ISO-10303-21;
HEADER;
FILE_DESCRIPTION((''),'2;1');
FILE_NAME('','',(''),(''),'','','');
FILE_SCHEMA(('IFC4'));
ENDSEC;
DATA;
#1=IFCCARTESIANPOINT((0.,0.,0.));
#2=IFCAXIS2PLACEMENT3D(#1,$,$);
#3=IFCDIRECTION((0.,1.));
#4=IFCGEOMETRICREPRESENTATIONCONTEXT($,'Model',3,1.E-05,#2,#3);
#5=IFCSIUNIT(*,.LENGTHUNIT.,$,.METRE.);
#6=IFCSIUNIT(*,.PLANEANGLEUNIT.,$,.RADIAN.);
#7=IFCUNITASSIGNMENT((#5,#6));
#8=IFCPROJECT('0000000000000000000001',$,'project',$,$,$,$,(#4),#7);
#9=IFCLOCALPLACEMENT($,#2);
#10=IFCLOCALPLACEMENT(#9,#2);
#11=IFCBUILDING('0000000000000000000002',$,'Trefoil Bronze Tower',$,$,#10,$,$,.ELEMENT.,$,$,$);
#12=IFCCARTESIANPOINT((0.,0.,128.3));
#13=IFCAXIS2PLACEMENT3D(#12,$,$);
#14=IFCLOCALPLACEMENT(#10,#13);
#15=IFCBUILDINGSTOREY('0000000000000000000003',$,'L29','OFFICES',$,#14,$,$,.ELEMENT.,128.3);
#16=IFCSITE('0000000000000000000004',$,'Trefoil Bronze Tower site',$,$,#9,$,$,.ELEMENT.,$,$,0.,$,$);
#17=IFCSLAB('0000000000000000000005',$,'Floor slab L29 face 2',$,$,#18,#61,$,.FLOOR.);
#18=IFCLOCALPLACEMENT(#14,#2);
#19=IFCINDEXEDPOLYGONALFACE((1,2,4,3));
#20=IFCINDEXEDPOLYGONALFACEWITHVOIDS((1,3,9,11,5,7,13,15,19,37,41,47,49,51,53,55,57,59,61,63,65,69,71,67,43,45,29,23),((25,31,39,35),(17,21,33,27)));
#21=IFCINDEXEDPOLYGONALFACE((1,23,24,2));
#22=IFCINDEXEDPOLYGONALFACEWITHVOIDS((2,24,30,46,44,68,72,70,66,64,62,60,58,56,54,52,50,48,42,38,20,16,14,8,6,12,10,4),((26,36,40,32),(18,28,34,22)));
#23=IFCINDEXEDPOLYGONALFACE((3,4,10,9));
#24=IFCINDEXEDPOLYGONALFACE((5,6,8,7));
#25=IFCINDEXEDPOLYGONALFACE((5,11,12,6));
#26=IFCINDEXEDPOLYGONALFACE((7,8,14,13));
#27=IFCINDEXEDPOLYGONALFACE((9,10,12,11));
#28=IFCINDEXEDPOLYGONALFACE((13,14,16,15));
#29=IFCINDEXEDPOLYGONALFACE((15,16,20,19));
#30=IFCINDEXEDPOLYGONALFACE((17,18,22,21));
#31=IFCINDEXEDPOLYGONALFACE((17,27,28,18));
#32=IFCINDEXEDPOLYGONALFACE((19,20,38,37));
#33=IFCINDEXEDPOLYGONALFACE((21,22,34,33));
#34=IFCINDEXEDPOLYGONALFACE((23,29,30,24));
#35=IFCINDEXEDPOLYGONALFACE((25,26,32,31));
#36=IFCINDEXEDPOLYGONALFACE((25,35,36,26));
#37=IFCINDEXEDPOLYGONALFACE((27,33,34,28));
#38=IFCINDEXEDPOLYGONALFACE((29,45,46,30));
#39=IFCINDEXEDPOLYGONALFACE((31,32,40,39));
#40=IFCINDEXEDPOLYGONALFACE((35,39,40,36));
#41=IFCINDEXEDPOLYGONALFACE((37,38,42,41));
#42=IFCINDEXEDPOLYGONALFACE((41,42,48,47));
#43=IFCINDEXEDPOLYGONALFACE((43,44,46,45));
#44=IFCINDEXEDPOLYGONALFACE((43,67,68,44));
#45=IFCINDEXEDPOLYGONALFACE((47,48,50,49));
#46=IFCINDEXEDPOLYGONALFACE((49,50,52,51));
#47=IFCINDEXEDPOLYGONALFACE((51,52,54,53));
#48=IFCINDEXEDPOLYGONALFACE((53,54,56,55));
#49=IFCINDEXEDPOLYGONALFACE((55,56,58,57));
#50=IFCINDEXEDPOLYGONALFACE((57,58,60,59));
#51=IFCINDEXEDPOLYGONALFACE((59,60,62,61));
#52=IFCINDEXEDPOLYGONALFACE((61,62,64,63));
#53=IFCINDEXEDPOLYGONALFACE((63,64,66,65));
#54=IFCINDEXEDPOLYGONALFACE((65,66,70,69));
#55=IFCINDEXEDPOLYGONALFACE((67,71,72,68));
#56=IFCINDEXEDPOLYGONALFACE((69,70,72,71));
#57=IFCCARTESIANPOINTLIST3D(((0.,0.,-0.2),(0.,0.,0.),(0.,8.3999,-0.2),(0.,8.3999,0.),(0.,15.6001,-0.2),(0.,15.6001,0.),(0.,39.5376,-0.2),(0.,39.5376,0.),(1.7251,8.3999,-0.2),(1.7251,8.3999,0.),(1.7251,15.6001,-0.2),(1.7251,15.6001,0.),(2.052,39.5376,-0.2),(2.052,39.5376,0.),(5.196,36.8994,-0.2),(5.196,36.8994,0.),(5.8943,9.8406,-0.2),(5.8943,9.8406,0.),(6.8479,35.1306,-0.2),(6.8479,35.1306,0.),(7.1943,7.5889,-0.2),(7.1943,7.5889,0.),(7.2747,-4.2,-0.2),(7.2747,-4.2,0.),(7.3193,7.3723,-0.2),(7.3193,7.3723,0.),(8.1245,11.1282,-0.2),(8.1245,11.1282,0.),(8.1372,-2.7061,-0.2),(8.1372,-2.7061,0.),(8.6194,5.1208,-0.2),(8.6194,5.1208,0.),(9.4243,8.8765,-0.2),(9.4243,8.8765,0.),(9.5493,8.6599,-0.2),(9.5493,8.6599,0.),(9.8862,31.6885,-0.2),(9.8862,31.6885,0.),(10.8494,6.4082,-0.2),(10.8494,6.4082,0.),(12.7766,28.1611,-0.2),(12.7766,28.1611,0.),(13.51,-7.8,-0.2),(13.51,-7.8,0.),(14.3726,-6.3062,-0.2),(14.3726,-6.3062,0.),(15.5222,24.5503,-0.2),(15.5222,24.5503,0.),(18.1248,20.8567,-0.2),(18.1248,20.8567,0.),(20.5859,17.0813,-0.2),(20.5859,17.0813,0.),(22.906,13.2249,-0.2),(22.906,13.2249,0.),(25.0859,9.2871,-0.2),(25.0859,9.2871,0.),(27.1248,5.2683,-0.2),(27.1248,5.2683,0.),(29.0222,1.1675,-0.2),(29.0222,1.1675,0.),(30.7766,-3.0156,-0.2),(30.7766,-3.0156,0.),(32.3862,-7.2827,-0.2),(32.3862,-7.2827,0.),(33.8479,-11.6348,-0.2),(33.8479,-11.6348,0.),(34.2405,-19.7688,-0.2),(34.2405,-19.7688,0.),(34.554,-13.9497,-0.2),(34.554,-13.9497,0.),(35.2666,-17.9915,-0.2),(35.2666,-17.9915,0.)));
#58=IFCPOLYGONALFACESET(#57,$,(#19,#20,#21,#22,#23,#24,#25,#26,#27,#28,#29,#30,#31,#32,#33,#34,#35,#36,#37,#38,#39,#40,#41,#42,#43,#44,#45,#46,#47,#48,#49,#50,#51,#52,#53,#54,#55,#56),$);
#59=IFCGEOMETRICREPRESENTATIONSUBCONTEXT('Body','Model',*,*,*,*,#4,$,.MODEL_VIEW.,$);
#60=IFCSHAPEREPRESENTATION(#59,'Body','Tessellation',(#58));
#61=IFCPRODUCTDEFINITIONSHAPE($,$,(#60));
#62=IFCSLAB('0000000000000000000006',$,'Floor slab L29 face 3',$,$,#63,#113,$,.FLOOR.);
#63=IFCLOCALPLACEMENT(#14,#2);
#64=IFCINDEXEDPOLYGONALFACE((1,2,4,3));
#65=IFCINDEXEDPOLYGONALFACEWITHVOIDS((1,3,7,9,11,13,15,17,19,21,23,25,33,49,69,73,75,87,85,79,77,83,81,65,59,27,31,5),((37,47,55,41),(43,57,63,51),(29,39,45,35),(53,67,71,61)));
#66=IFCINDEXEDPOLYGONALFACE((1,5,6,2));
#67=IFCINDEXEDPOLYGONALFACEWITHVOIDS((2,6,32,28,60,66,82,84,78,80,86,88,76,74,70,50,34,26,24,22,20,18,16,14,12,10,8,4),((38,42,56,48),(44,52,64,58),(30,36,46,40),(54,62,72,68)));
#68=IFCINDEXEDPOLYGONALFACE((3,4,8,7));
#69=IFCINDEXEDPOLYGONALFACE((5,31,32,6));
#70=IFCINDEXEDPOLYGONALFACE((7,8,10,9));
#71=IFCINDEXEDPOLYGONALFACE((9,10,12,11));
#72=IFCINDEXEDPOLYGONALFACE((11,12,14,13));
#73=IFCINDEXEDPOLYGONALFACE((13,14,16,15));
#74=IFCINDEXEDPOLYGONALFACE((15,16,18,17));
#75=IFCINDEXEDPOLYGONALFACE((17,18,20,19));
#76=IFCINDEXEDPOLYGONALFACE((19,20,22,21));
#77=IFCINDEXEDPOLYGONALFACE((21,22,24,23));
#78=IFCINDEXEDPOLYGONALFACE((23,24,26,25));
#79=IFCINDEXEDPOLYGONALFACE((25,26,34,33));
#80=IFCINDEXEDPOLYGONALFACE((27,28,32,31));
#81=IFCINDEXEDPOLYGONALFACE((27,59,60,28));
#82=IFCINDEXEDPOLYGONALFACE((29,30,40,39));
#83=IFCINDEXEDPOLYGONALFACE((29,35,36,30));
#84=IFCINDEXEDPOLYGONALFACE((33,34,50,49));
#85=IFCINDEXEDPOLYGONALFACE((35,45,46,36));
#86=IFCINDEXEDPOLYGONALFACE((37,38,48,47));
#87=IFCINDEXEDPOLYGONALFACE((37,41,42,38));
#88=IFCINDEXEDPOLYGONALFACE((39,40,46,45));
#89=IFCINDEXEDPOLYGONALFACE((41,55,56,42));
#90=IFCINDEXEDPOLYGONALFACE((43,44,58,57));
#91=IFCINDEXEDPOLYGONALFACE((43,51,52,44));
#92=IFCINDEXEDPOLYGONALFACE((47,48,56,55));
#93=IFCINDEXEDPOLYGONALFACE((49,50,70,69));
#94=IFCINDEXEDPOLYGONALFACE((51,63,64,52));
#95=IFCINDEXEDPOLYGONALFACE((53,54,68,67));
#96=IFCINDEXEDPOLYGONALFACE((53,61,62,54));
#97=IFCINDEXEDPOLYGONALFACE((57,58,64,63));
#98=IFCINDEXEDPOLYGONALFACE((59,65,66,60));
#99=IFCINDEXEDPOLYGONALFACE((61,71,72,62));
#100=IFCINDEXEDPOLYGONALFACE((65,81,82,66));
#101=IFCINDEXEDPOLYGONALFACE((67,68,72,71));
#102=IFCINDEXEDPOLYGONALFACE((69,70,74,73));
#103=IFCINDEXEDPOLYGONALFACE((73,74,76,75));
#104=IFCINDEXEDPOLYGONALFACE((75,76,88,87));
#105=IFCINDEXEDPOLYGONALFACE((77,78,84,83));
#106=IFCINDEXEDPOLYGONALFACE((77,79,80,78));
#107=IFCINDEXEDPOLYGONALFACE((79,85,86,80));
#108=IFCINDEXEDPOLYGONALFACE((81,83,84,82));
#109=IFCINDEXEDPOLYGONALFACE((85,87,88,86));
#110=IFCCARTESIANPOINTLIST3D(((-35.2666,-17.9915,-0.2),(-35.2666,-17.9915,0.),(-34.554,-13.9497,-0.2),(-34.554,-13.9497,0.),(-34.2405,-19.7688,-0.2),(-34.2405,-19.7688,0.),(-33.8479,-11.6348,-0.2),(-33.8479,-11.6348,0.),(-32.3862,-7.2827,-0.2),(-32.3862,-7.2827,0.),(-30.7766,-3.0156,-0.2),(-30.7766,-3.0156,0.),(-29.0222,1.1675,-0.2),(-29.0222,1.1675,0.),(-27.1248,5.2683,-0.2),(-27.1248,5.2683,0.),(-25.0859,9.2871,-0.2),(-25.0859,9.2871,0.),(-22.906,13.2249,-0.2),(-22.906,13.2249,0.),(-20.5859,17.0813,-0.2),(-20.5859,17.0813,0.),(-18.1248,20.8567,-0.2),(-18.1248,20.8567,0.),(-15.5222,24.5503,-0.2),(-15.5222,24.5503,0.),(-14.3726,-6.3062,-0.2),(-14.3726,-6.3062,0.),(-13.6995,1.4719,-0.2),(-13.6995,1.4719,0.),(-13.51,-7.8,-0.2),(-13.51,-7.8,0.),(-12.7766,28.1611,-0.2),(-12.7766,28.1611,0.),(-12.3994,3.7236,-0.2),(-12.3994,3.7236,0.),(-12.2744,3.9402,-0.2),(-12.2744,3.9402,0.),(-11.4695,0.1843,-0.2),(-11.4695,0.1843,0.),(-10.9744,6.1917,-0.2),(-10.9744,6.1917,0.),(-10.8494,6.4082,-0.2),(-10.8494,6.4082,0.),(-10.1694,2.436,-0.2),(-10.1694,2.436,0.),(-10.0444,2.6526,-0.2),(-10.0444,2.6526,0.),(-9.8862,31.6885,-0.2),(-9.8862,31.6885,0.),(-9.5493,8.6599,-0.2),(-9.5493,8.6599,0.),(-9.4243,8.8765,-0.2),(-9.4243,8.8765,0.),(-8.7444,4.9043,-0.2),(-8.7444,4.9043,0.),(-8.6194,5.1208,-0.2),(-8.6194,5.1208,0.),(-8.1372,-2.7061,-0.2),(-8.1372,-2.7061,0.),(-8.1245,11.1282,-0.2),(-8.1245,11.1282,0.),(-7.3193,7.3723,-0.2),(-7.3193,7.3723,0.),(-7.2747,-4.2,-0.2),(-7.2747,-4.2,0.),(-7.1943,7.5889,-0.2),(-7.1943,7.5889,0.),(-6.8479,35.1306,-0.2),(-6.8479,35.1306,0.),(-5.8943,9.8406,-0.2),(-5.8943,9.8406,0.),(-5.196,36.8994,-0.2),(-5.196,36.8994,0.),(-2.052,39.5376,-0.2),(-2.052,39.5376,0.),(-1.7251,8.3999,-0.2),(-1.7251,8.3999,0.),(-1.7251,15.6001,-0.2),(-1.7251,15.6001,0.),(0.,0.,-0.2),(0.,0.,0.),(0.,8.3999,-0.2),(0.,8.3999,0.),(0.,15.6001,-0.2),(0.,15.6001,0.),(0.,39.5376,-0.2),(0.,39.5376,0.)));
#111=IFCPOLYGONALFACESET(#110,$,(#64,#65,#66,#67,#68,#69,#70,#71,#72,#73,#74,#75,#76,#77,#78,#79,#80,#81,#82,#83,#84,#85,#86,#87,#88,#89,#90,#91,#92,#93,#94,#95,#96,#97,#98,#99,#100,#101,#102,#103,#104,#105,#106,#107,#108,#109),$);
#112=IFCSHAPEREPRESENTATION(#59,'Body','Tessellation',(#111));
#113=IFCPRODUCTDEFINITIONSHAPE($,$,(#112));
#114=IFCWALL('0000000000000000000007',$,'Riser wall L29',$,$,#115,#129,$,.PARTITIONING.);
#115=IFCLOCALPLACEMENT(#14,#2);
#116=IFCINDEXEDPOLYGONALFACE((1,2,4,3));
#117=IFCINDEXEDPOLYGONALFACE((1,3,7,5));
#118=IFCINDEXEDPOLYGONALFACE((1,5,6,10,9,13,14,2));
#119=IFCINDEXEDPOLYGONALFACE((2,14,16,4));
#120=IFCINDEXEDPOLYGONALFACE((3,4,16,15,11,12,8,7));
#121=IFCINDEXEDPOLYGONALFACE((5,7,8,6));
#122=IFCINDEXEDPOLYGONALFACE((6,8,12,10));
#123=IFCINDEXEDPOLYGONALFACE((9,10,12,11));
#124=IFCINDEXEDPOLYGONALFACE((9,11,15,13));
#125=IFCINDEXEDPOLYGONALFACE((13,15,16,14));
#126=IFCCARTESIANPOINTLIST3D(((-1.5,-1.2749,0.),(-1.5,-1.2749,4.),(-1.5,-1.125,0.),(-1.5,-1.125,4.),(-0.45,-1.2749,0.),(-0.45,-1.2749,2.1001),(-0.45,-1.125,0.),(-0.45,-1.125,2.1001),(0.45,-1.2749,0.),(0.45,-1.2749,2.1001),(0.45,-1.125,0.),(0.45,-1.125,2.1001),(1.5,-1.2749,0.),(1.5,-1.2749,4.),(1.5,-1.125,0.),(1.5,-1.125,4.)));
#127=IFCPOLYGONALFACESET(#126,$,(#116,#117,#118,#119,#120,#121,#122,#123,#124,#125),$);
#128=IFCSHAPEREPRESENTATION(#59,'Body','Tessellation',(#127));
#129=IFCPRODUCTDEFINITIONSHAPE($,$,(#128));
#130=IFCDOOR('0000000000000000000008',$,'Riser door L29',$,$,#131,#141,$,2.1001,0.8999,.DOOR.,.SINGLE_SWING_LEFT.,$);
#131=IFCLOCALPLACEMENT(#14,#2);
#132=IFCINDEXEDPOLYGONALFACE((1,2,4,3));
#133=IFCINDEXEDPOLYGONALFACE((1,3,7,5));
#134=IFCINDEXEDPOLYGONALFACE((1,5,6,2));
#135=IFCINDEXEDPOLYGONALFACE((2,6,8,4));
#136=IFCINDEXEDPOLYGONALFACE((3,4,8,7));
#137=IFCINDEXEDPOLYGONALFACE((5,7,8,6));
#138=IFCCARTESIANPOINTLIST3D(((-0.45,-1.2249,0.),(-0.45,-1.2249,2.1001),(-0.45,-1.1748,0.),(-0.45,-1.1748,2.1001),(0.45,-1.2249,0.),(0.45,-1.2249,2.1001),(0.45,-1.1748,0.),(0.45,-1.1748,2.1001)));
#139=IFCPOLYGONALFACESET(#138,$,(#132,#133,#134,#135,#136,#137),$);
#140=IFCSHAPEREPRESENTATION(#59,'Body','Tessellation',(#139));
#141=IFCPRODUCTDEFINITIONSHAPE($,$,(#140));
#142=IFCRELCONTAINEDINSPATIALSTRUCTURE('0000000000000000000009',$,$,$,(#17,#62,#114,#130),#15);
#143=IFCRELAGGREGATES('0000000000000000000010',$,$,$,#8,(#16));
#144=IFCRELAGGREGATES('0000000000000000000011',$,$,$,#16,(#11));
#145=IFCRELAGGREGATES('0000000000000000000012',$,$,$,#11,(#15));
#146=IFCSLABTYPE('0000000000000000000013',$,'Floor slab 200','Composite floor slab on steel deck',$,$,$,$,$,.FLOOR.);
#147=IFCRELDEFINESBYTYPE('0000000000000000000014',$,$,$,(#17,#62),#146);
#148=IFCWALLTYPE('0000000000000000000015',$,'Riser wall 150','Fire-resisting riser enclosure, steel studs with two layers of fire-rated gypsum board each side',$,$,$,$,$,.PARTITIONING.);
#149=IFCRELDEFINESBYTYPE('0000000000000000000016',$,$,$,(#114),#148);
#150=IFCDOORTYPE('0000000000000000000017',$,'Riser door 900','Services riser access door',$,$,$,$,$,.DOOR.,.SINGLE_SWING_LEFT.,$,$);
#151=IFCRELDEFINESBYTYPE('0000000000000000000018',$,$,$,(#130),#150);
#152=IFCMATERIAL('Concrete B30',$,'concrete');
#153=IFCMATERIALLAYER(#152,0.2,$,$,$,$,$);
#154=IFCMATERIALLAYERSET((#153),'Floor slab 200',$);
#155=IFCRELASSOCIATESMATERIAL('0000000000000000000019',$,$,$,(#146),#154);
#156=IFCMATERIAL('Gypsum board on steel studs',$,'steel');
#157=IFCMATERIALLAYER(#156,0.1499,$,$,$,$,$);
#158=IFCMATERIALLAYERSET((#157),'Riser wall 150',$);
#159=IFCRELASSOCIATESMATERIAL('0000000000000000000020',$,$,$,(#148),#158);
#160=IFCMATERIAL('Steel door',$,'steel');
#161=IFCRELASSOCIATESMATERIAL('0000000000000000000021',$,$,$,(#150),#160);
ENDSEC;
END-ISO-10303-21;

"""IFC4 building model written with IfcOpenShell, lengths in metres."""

from ifc_helpers import new_model, si_unit, direction, frame, frame_2d, origin, place, context, subcontext, project, spatial, polyline, rectangle, outline, extrude, material, layer, layer_set, type_object, element, fill, save


model = new_model("IFC4")

# Units and contexts
model_context = context("Model", 3, precision=1e-05, world=origin(), true_north=direction((0.0, 1.0)))
body_context = subcontext(model_context, "Body", "Model", "MODEL_VIEW")
ifc_project = project(units=[si_unit("LENGTHUNIT", "METRE"), si_unit("PLANEANGLEUNIT", "RADIAN")], contexts=[model_context])

# Site, building, storey
site_placement = place(None, origin())
site = spatial("IfcSite", under=ifc_project, at=site_placement, Name="Trefoil Bronze Tower site", CompositionType="ELEMENT", RefElevation=0.0)
building_placement = place(site_placement, origin())
building = spatial("IfcBuilding", under=site, at=building_placement, Name="Trefoil Bronze Tower", CompositionType="ELEMENT")
storey_placement = place(building_placement, frame((0.0, 0.0, 128.3)))
storey = spatial("IfcBuildingStorey", under=building, at=storey_placement, Name="L29", Description="OFFICES", CompositionType="ELEMENT", Elevation=128.3)

# Slabs
ifc_material_1 = material(Name="Concrete B30", Category="concrete")
ifc_layer_1 = layer(ifc_material_1, 0.2)
ifc_layer_set_1 = layer_set([ifc_layer_1], Name="Floor slab 200")
slab_type = type_object("IfcSlabType", Name="Floor slab 200", Description="Composite floor slab on steel deck", PredefinedType="FLOOR", material=ifc_layer_set_1)
slab_1_placement = place(storey_placement, frame((0.0, 0.0, -0.2)))
element("IfcSlab", 1, at=slab_1_placement, inside=storey, type_object=slab_type, Name="Floor slab L29 face 2", PredefinedType="FLOOR", context=body_context, shape_type="SweptSolid", body=[
    extrude(outline(polyline([(9.8862, 31.6885), (12.7766, 28.1611), (15.5222, 24.5503), (18.1248, 20.8567), (20.5859, 17.0813), (22.906, 13.2249), (25.0859, 9.2871), (27.1248, 5.2683), (29.0222, 1.1675), (30.7766, -3.0156), (32.3862, -7.2827), (33.8479, -11.6348), (34.554, -13.9497), (35.2666, -17.9915), (34.2405, -19.7688), (13.51, -7.8), (14.3726, -6.3062), (8.1372, -2.7061), (7.2747, -4.2), (0.0, 0.0), (0.0, 8.3999), (1.7251, 8.3999), (1.7251, 15.6001), (0.0, 15.6001), (0.0, 39.5376), (2.052, 39.5376), (5.196, 36.8994), (6.8479, 35.1306), (9.8862, 31.6885)]), holes=[polyline([(8.6194, 5.1208), (7.3193, 7.3723), (9.5493, 8.6599), (10.8494, 6.4082), (8.6194, 5.1208)]), polyline([(7.1943, 7.5889), (5.8943, 9.8406), (8.1245, 11.1282), (9.4243, 8.8765), (7.1943, 7.5889)])]), origin(), (0.0, 0.0, 1.0), 0.2),
])
slab_2_placement = place(storey_placement, frame((0.0, 0.0, -0.2)))
element("IfcSlab", 2, at=slab_2_placement, inside=storey, type_object=slab_type, Name="Floor slab L29 face 3", PredefinedType="FLOOR", context=body_context, shape_type="SweptSolid", body=[
    extrude(outline(polyline([(-32.3862, -7.2827), (-30.7766, -3.0156), (-29.0222, 1.1675), (-27.1248, 5.2683), (-25.0859, 9.2871), (-22.906, 13.2249), (-20.5859, 17.0813), (-18.1248, 20.8567), (-15.5222, 24.5503), (-12.7766, 28.1611), (-9.8862, 31.6885), (-6.8479, 35.1306), (-5.196, 36.8994), (-2.052, 39.5376), (0.0, 39.5376), (0.0, 15.6001), (-1.7251, 15.6001), (-1.7251, 8.3999), (0.0, 8.3999), (0.0, 0.0), (-7.2747, -4.2), (-8.1372, -2.7061), (-14.3726, -6.3062), (-13.51, -7.8), (-34.2405, -19.7688), (-35.2666, -17.9915), (-34.554, -13.9497), (-33.8479, -11.6348), (-32.3862, -7.2827)]), holes=[polyline([(-5.8943, 9.8406), (-7.1943, 7.5889), (-9.4243, 8.8765), (-8.1245, 11.1282), (-5.8943, 9.8406)]), polyline([(-7.3193, 7.3723), (-8.6194, 5.1208), (-10.8494, 6.4082), (-9.5493, 8.6599), (-7.3193, 7.3723)]), polyline([(-8.7444, 4.9043), (-10.0444, 2.6526), (-12.2744, 3.9402), (-10.9744, 6.1917), (-8.7444, 4.9043)]), polyline([(-10.1694, 2.436), (-11.4695, 0.1843), (-13.6995, 1.4719), (-12.3994, 3.7236), (-10.1694, 2.436)])]), origin(), (0.0, 0.0, 1.0), 0.2),
])

# Wall, opening, door
ifc_material_2 = material(Name="Gypsum board on steel studs", Category="steel")
ifc_layer_2 = layer(ifc_material_2, 0.1499)
ifc_layer_set_2 = layer_set([ifc_layer_2], Name="Riser wall 150")
wall_type_1 = type_object("IfcWallType", Name="Riser wall 150", Description="Fire-resisting riser enclosure, steel studs with two layers of fire-rated gypsum board each side", PredefinedType="PARTITIONING", material=ifc_layer_set_2)
wall_1_placement = place(storey_placement, frame((-1.5, -1.2, 0.0), z_axis=(0.0, 0.0, 1.0), x_axis=(1.0, 0.0, 0.0)))
wall_1 = element("IfcWall", 3, at=wall_1_placement, inside=storey, type_object=wall_type_1, Name="Riser wall L29", PredefinedType="PARTITIONING", context=body_context, shape_type="SweptSolid", body=[
    extrude(rectangle(XDim=3.0, YDim=0.1499, at=frame_2d((1.5, 0.0))), origin(), (0.0, 0.0, 1.0), 4.0),
])
opening_1_placement = place(wall_1_placement, frame((1.05, 0.0, 0.0)))
opening_1 = element("IfcOpeningElement", 4, at=opening_1_placement, cuts=wall_1, PredefinedType="OPENING", context=body_context, shape_type="SweptSolid", body=[
    extrude(rectangle(XDim=0.8999, YDim=2.1001, at=frame_2d((0.45, 1.05))), frame((0.0, 0.085, 0.0), z_axis=(0.0, -1.0, 0.0), x_axis=(1.0, 0.0, 0.0)), (0.0, 0.0, 1.0), 0.1699),
])
ifc_material_3 = material(Name="Steel door", Category="steel")
door_type_1 = type_object("IfcDoorType", Name="Riser door 900", Description="Services riser access door", OperationType="SINGLE_SWING_LEFT", PredefinedType="DOOR", material=ifc_material_3)
door_1_placement = place(opening_1_placement, frame((0.8999, 0.0, 0.0), z_axis=(0.0, 0.0, 1.0), x_axis=(-1.0, 0.0, 0.0)))
door_1 = element("IfcDoor", 5, at=door_1_placement, inside=storey, type_object=door_type_1, Name="Riser door L29", OperationType="SINGLE_SWING_LEFT", OverallHeight=2.1001, OverallWidth=0.8999, PredefinedType="DOOR", context=body_context, shape_type="SweptSolid", body=[
    extrude(rectangle(XDim=0.8999, YDim=2.1001, at=frame_2d((0.45, 1.05))), frame((0.0, 0.0249, 0.0), z_axis=(0.0, -1.0, 0.0), x_axis=(1.0, 0.0, 0.0)), (0.0, 0.0, 1.0), 0.05),
])
fill(opening_1, door_1)

save(model, "model.ifc")
